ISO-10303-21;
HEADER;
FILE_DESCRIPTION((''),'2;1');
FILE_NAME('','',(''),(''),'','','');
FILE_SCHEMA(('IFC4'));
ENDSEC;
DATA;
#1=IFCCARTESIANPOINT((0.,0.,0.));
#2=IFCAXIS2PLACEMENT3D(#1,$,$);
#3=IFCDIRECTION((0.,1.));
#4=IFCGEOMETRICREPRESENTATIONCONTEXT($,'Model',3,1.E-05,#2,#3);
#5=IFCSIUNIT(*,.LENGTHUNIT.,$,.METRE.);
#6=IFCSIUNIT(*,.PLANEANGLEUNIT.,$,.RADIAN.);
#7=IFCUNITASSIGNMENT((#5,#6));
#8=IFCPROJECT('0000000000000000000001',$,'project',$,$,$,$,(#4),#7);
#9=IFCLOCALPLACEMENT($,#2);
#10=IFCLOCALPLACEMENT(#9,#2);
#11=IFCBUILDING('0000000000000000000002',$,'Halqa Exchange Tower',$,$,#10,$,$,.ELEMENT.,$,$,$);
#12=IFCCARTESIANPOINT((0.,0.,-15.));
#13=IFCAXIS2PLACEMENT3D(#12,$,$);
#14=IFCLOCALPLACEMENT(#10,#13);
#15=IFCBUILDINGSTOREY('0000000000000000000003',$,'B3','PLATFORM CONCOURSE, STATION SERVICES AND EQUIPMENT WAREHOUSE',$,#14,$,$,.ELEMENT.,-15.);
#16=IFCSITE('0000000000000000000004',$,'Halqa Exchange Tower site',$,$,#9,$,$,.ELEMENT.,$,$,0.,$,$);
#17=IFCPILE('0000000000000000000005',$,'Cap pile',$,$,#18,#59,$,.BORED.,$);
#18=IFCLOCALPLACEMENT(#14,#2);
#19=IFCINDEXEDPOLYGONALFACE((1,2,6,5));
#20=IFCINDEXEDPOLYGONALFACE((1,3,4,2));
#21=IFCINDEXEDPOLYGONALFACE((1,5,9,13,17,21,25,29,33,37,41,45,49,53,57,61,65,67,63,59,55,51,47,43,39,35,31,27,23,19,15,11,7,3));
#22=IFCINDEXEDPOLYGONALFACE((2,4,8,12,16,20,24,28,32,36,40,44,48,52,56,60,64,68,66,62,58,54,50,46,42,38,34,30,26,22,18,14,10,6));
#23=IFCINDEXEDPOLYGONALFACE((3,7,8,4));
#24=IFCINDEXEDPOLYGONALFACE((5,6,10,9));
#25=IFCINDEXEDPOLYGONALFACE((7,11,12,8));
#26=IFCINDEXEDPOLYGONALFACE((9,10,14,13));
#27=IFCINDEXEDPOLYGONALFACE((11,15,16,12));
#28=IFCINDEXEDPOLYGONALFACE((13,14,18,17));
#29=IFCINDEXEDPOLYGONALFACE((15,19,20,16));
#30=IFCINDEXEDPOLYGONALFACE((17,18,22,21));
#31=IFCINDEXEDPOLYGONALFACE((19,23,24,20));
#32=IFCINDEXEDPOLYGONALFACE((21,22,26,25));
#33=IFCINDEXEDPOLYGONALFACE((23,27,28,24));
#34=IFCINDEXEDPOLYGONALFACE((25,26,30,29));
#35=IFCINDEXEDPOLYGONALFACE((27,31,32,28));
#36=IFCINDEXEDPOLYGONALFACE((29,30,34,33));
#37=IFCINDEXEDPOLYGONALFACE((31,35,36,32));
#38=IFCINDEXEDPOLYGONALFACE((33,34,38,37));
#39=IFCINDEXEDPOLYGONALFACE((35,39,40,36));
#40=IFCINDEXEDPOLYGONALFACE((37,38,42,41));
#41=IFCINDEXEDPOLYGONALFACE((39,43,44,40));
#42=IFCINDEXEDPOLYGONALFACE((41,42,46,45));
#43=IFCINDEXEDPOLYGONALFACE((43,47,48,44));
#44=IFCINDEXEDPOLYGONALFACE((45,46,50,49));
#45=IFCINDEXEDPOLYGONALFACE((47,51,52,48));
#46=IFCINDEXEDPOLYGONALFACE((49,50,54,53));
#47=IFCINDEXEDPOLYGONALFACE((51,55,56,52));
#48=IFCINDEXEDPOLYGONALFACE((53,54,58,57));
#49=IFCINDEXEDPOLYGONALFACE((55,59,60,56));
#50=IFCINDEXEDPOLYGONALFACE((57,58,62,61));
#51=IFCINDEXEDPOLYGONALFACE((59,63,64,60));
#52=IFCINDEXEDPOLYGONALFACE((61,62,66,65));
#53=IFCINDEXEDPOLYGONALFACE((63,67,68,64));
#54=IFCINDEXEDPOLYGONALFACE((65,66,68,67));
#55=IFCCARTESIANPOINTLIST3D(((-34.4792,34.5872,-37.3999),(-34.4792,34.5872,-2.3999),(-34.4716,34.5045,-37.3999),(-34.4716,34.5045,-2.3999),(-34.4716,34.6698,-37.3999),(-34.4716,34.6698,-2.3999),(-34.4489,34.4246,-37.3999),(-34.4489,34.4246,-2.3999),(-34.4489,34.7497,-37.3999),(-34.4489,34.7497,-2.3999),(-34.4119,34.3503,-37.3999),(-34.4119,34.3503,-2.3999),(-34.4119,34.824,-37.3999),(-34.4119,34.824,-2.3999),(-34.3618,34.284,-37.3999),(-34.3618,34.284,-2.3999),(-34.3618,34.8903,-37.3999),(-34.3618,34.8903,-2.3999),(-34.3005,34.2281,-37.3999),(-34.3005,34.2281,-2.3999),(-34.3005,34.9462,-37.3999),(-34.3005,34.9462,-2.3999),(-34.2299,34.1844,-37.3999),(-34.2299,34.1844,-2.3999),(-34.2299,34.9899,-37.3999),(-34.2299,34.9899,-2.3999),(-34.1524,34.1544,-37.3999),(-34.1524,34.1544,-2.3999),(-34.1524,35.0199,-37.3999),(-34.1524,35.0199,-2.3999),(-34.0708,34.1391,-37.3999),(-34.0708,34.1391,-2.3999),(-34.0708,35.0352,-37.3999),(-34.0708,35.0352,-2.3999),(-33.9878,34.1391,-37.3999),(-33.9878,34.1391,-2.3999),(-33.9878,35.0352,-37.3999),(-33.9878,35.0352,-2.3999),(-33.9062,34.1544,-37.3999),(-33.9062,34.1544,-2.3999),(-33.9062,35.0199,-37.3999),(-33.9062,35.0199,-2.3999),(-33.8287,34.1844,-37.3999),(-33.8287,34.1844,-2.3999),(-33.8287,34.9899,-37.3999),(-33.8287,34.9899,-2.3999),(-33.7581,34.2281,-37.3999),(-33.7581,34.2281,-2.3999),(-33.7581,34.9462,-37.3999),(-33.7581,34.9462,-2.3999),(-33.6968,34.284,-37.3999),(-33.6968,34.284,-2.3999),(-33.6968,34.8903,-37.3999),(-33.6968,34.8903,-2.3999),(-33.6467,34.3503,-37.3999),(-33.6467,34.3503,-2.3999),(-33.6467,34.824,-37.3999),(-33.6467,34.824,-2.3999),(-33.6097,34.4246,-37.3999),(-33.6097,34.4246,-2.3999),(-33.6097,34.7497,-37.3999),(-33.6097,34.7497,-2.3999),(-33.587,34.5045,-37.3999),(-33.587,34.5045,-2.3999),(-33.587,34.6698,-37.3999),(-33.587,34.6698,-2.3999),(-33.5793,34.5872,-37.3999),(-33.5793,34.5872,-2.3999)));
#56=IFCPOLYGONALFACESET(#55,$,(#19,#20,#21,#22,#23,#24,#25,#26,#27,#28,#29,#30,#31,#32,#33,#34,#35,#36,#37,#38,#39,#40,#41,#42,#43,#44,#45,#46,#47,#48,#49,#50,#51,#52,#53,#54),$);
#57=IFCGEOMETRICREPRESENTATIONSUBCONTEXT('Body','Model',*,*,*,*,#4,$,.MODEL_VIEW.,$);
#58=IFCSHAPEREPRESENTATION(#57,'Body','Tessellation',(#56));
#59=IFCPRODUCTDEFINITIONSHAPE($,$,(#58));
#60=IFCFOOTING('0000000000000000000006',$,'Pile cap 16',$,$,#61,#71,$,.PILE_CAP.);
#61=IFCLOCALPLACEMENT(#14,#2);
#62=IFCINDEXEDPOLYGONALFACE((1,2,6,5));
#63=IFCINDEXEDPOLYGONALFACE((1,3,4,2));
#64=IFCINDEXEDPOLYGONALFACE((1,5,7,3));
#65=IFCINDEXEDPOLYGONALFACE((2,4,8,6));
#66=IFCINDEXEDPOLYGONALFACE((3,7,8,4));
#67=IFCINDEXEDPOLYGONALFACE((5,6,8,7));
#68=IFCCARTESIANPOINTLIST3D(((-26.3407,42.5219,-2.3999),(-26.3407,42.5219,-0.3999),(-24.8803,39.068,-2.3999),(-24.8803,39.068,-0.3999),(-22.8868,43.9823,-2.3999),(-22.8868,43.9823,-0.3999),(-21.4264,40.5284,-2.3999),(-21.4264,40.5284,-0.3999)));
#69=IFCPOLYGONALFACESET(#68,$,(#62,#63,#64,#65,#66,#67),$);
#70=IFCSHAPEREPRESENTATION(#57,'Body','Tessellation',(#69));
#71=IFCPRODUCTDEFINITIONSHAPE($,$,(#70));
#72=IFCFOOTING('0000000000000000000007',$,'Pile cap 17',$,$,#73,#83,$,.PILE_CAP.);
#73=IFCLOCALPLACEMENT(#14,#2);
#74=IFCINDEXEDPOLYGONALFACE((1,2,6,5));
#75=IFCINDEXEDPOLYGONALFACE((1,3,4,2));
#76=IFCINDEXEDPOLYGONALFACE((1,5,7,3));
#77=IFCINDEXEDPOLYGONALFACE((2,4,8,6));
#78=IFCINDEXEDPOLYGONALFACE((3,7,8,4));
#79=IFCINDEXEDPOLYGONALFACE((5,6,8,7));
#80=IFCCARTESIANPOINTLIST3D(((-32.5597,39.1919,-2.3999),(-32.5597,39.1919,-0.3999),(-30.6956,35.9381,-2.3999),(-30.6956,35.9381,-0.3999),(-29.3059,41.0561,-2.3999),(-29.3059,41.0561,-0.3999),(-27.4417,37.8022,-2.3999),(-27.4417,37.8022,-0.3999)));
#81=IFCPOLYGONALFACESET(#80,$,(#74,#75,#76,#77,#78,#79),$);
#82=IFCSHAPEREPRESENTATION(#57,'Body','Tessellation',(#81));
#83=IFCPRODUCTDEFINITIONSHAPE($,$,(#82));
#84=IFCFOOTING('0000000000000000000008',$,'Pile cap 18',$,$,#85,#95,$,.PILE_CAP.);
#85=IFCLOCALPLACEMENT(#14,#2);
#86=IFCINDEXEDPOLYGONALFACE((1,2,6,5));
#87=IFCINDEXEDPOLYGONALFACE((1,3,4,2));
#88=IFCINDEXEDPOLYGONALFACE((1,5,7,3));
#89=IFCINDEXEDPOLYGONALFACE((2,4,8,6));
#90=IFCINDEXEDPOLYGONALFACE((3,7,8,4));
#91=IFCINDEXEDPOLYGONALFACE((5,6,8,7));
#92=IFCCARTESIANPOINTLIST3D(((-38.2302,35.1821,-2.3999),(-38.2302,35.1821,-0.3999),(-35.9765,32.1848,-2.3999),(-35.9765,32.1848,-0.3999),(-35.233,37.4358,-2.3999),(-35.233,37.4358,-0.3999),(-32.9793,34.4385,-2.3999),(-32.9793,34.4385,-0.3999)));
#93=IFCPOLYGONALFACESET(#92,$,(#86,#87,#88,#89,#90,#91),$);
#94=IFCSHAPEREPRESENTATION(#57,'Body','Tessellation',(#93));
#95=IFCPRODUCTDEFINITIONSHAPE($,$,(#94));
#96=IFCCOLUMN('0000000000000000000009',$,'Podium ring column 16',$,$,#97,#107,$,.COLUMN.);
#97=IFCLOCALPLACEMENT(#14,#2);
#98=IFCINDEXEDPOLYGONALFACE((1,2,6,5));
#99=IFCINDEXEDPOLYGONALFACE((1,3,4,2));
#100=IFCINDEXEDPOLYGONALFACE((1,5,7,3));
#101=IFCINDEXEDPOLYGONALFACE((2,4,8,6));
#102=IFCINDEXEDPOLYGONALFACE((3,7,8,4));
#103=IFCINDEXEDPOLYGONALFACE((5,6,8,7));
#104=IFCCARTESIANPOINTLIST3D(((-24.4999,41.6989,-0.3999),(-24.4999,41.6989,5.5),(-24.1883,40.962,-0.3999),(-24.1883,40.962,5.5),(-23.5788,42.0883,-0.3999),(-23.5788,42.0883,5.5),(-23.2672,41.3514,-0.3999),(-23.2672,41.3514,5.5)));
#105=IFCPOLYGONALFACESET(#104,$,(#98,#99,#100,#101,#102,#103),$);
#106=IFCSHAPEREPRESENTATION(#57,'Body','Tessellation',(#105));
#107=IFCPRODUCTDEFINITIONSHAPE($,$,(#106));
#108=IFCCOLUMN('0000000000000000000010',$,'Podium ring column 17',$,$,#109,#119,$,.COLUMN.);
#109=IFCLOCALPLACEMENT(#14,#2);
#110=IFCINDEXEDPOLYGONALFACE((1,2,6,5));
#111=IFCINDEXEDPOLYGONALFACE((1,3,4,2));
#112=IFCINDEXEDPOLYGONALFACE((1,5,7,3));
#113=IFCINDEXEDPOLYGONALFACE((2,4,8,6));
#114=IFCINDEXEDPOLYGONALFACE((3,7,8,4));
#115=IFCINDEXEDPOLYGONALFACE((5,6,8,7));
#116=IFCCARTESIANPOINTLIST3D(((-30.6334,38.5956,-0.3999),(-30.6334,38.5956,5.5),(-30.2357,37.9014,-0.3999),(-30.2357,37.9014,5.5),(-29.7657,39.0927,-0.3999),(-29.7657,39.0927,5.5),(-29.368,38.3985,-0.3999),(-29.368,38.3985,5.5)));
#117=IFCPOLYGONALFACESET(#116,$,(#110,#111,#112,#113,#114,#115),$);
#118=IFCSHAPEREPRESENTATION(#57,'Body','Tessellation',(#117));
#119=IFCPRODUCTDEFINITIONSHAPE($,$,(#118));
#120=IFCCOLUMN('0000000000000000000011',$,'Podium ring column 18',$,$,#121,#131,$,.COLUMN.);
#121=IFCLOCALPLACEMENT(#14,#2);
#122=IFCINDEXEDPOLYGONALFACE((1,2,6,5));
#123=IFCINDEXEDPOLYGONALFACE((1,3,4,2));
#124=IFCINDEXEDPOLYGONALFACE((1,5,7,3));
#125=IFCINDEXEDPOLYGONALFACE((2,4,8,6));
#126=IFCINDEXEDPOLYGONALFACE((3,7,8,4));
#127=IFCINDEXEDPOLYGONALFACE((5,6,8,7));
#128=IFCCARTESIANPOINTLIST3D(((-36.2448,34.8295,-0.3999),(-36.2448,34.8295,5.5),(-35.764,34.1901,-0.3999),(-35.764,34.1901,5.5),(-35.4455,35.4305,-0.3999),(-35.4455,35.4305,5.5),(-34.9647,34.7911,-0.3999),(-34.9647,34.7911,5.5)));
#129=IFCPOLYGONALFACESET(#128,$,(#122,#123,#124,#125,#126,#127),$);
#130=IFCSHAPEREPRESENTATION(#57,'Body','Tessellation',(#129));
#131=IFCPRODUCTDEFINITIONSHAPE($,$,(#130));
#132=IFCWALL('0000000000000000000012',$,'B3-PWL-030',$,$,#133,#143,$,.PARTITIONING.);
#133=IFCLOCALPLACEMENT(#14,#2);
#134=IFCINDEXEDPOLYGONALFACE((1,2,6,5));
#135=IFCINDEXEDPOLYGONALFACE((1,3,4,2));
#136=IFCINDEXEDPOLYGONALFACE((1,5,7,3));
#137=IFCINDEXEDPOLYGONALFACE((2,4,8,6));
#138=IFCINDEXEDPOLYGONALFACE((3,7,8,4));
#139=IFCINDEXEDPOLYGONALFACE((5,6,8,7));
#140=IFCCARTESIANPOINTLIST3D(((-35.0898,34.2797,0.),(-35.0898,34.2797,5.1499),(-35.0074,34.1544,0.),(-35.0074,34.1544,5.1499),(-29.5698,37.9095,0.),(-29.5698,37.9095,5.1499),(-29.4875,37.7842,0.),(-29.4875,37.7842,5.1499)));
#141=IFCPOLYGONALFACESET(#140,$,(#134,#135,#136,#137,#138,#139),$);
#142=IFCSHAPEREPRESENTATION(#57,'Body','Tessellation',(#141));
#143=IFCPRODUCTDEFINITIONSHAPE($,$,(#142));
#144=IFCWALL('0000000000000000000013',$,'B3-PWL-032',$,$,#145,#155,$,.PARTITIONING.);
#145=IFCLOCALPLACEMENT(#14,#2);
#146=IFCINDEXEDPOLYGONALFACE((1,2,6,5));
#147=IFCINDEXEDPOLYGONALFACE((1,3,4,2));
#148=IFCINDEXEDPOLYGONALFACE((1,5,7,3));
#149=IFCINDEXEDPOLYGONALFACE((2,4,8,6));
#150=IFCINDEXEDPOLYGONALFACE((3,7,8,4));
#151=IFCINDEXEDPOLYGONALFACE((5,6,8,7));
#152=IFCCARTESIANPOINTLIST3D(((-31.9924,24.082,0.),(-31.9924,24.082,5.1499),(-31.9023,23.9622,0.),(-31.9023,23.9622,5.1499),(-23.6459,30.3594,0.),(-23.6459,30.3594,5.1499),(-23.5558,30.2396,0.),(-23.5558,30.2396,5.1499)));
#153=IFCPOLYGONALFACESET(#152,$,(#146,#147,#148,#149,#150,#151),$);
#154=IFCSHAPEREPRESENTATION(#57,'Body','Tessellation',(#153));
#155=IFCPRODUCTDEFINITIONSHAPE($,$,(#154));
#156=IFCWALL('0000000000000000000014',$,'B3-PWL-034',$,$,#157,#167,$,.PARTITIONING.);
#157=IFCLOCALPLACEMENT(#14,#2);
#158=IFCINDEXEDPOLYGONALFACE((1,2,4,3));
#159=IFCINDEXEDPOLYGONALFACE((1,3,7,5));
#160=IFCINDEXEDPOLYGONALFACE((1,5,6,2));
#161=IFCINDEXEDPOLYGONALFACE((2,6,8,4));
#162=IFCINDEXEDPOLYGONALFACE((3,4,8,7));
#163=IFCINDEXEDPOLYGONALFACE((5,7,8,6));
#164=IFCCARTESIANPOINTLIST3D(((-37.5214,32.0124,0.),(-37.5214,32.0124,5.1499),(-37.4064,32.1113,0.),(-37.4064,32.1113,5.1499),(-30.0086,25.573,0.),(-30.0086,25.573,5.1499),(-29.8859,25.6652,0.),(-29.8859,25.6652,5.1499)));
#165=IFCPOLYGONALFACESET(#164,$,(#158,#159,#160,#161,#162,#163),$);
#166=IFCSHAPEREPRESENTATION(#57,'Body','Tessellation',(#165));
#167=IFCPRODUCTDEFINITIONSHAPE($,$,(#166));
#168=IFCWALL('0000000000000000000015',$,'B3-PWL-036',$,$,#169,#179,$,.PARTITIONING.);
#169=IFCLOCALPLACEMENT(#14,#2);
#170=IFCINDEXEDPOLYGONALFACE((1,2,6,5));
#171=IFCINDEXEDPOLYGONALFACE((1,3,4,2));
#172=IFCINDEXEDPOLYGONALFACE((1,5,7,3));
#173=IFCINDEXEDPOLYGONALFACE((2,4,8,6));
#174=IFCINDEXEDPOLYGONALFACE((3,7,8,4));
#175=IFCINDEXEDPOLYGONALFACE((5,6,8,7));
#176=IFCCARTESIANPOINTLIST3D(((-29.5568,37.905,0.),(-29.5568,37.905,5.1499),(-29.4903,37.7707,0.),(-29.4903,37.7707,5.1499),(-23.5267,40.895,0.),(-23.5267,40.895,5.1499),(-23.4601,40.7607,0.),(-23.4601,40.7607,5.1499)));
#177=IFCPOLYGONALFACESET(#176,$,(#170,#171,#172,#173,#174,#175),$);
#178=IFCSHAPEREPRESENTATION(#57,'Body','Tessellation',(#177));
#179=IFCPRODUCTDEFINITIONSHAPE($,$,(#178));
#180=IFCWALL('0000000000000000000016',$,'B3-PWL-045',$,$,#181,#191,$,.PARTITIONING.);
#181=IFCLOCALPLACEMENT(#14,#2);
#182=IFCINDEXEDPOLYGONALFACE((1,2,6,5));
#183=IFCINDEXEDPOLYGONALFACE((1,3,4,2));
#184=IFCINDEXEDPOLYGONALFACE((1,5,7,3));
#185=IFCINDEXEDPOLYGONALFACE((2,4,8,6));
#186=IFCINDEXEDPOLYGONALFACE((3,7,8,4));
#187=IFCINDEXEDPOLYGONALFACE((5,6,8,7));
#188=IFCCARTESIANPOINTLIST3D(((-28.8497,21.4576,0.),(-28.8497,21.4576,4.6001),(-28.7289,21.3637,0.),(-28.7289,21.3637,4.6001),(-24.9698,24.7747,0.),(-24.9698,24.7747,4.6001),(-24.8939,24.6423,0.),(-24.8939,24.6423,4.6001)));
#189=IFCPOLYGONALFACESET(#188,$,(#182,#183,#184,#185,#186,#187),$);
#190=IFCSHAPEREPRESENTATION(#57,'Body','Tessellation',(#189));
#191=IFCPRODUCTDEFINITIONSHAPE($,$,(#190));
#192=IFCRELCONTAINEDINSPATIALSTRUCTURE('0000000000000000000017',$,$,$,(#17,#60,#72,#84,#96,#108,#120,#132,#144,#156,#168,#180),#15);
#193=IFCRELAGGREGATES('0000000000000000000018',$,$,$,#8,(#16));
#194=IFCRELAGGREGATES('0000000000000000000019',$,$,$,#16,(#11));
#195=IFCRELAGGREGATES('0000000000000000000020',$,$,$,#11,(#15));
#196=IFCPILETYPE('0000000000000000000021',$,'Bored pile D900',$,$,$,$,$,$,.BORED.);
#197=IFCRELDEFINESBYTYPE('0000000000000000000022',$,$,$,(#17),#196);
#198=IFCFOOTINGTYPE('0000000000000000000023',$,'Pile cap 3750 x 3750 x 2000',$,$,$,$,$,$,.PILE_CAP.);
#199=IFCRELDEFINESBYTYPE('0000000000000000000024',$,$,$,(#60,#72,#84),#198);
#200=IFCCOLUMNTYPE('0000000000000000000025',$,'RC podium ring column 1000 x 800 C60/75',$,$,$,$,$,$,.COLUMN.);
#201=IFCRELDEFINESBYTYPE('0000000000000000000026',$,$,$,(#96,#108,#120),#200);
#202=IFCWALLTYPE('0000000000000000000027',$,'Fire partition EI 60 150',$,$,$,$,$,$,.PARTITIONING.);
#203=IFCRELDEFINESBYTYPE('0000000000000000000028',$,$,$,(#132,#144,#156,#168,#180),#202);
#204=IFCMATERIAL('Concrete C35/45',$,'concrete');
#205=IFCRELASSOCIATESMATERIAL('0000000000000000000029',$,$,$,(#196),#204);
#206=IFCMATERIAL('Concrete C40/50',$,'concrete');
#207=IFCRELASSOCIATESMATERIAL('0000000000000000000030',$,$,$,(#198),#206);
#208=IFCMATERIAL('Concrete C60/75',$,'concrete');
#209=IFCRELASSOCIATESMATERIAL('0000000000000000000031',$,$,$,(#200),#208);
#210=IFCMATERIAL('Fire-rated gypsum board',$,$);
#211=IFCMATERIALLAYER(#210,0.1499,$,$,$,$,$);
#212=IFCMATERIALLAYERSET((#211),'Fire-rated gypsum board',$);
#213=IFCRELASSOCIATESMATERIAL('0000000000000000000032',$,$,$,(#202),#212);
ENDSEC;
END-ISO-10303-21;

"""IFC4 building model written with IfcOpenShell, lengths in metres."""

from ifc_helpers import new_model, si_unit, direction, frame, frame_2d, origin, origin_2d, place, context, subcontext, project, spatial, polyline, rectangle, circle, outline, extrude, material, layer, layer_set, material_profile, profile_set, type_object, element, save


model = new_model("IFC4")

# Units and contexts
model_context = context("Model", 3, precision=1e-05, world=origin(), true_north=direction((0.0, 1.0)))
body_context = subcontext(model_context, "Body", "Model", "MODEL_VIEW")
ifc_project = project(units=[si_unit("LENGTHUNIT", "METRE"), si_unit("PLANEANGLEUNIT", "RADIAN")], contexts=[model_context])

# Site, building, storey
site_placement = place(None, origin())
site = spatial("IfcSite", under=ifc_project, at=site_placement, Name="Halqa Exchange Tower site", CompositionType="ELEMENT", RefElevation=0.0)
building_placement = place(site_placement, origin())
building = spatial("IfcBuilding", under=site, at=building_placement, Name="Halqa Exchange Tower", CompositionType="ELEMENT")
storey_placement = place(building_placement, frame((0.0, 0.0, -15.0)))
storey = spatial("IfcBuildingStorey", under=building, at=storey_placement, Name="B3", Description="PLATFORM CONCOURSE, STATION SERVICES AND EQUIPMENT WAREHOUSE", CompositionType="ELEMENT", Elevation=-15.0)

# Pile
ifc_material_1 = material(Name="Concrete C35/45", Category="concrete")
ifc_material_profile_1 = material_profile(ifc_material_1, circle(Radius=0.45, at=origin_2d()), Name="D900")
ifc_profile_set_1 = profile_set([ifc_material_profile_1], Name="Concrete C35/45")
pile_type_1 = type_object("IfcPileType", Name="Bored pile D900", PredefinedType="BORED", material=ifc_profile_set_1)
for number, where, z_axis, x_axis, name in (
    (1, (-34.0293, 34.5872, -2.3999), (0.0, 0.0, -1.0), (1.0, 0.0, 0.0), "Cap pile"),
):
    element("IfcPile", number, at=place(storey_placement, frame(where, z_axis=z_axis, x_axis=x_axis)), inside=storey, type_object=pile_type_1, Name=name, PredefinedType="BORED", context=body_context, shape_type="SweptSolid", body=[
        extrude(circle(Radius=0.45, at=origin_2d()), origin(), (0.0, 0.0, 1.0), 35.0),
    ])

# Footings
ifc_material_2 = material(Name="Concrete C40/50", Category="concrete")
footing_type = type_object("IfcFootingType", Name="Pile cap 3750 x 3750 x 2000", PredefinedType="PILE_CAP", material=ifc_material_2)
for number, where, z_axis, x_axis, name in (
    (2, (-23.8835, 41.5251, -2.3999), (0.0, 0.0, 1.0), (-0.921048, -0.389449, 0.0), "Pile cap 16"),
    (3, (-30.0007, 38.4971, -2.3999), (0.0, 0.0, 1.0), (-0.867693, -0.4971, 0.0), "Pile cap 17"),
    (4, (-35.6047, 34.8103, -2.3999), (0.0, 0.0, 1.0), (-0.79926, -0.600985, 0.0), "Pile cap 18"),
):
    element("IfcFooting", number, at=place(storey_placement, frame(where, z_axis=z_axis, x_axis=x_axis)), inside=storey, type_object=footing_type, Name=name, PredefinedType="PILE_CAP", context=body_context, shape_type="SweptSolid", body=[
        extrude(rectangle(XDim=3.75, YDim=3.75, at=origin_2d()), origin(), (0.0, 0.0, 1.0), 2.0),
    ])

# Columns
ifc_material_3 = material(Name="Concrete C60/75", Category="concrete")
ifc_material_profile_2 = material_profile(ifc_material_3, rectangle(XDim=1.0, YDim=0.8, at=origin_2d()), Name="1000 x 800")
ifc_profile_set_2 = profile_set([ifc_material_profile_2], Name="Concrete C60/75")
column_type = type_object("IfcColumnType", Name="RC podium ring column 1000 x 800 C60/75", PredefinedType="COLUMN", material=ifc_profile_set_2)
for number, where, z_axis, x_axis, name in (
    (5, (-23.8835, 41.5251, -0.3999), (0.0, 0.0, 1.0), (-0.921048, -0.389449, 0.0), "Podium ring column 16"),
    (6, (-30.0007, 38.4971, -0.3999), (0.0, 0.0, 1.0), (-0.867693, -0.4971, 0.0), "Podium ring column 17"),
    (7, (-35.6047, 34.8103, -0.3999), (0.0, 0.0, 1.0), (-0.79926, -0.600985, 0.0), "Podium ring column 18"),
):
    element("IfcColumn", number, at=place(storey_placement, frame(where, z_axis=z_axis, x_axis=x_axis)), inside=storey, type_object=column_type, Name=name, PredefinedType="COLUMN", context=body_context, shape_type="SweptSolid", body=[
        extrude(rectangle(XDim=1.0, YDim=0.8, at=origin_2d()), origin(), (0.0, 0.0, 1.0), 5.8999),
    ])

# Walls
ifc_material_4 = material(Name="Fire-rated gypsum board")
ifc_layer_1 = layer(ifc_material_4, 0.1499)
ifc_layer_set_1 = layer_set([ifc_layer_1], Name="Fire-rated gypsum board")
wall_type_1 = type_object("IfcWallType", Name="Fire partition EI 60 150", PredefinedType="PARTITIONING", material=ifc_layer_set_1)
wall_1_placement = place(storey_placement, frame((-35.0486, 34.217, 0.0), z_axis=(0.0, 0.0, 1.0), x_axis=(0.835536, 0.549436, 0.0)))
element("IfcWall", 8, at=wall_1_placement, inside=storey, type_object=wall_type_1, Name="B3-PWL-030", PredefinedType="PARTITIONING", context=body_context, shape_type="SweptSolid", body=[
    extrude(rectangle(XDim=6.6064, YDim=0.1499, at=frame_2d((3.3032, 0.0))), origin(), (0.0, 0.0, 1.0), 5.1499),
])
wall_2_placement = place(storey_placement, frame((-31.9473, 24.0222, 0.0), z_axis=(0.0, 0.0, 1.0), x_axis=(0.799194, 0.601073, 0.0)))
element("IfcWall", 9, at=wall_2_placement, inside=storey, type_object=wall_type_1, Name="B3-PWL-032", PredefinedType="PARTITIONING", context=body_context, shape_type="SweptSolid", body=[
    extrude(rectangle(XDim=10.4436, YDim=0.1499, at=frame_2d((5.2217, 0.0))), origin(), (0.0, 0.0, 1.0), 5.1499),
])
wall_3_placement = place(storey_placement, frame((-29.9473, 25.6191, 0.0), z_axis=(0.0, 0.0, 1.0), x_axis=(-0.759265, 0.650781, 0.0)))
element("IfcWall", 10, at=wall_3_placement, inside=storey, type_object=wall_type_1, Name="B3-PWL-034", PredefinedType="PARTITIONING", context=body_context, shape_type="SweptSolid", body=[
    extrude(outline(polyline([(-0.0166, -0.075), (9.8884, -0.075), (9.9114, 0.075), (0.0166, 0.075), (-0.0166, -0.075)])), origin(), (0.0, 0.0, 1.0), 5.1499),
])
wall_4_placement = place(storey_placement, frame((-29.5234, 37.8379, 0.0), z_axis=(0.0, 0.0, 1.0), x_axis=(0.895909, 0.444237, 0.0)))
element("IfcWall", 11, at=wall_4_placement, inside=storey, type_object=wall_type_1, Name="B3-PWL-036", PredefinedType="PARTITIONING", context=body_context, shape_type="SweptSolid", body=[
    extrude(rectangle(XDim=6.7307, YDim=0.1499, at=frame_2d((3.3652, 0.0))), origin(), (0.0, 0.0, 1.0), 5.1499),
])
wall_5_placement = place(storey_placement, frame((-24.9319, 24.7085, 0.0), z_axis=(0.0, 0.0, 1.0), x_axis=(-0.760085, -0.649824, 0.0)))
element("IfcWall", 12, at=wall_5_placement, inside=storey, type_object=wall_type_1, Name="B3-PWL-045", PredefinedType="PARTITIONING", context=body_context, shape_type="SweptSolid", body=[
    extrude(outline(polyline([(-0.0142, -0.075), (5.0903, -0.075), (5.0596, 0.075), (0.0142, 0.075), (-0.0142, -0.075)])), origin(), (0.0, 0.0, 1.0), 4.6001),
])

save(model, "model.ifc")
